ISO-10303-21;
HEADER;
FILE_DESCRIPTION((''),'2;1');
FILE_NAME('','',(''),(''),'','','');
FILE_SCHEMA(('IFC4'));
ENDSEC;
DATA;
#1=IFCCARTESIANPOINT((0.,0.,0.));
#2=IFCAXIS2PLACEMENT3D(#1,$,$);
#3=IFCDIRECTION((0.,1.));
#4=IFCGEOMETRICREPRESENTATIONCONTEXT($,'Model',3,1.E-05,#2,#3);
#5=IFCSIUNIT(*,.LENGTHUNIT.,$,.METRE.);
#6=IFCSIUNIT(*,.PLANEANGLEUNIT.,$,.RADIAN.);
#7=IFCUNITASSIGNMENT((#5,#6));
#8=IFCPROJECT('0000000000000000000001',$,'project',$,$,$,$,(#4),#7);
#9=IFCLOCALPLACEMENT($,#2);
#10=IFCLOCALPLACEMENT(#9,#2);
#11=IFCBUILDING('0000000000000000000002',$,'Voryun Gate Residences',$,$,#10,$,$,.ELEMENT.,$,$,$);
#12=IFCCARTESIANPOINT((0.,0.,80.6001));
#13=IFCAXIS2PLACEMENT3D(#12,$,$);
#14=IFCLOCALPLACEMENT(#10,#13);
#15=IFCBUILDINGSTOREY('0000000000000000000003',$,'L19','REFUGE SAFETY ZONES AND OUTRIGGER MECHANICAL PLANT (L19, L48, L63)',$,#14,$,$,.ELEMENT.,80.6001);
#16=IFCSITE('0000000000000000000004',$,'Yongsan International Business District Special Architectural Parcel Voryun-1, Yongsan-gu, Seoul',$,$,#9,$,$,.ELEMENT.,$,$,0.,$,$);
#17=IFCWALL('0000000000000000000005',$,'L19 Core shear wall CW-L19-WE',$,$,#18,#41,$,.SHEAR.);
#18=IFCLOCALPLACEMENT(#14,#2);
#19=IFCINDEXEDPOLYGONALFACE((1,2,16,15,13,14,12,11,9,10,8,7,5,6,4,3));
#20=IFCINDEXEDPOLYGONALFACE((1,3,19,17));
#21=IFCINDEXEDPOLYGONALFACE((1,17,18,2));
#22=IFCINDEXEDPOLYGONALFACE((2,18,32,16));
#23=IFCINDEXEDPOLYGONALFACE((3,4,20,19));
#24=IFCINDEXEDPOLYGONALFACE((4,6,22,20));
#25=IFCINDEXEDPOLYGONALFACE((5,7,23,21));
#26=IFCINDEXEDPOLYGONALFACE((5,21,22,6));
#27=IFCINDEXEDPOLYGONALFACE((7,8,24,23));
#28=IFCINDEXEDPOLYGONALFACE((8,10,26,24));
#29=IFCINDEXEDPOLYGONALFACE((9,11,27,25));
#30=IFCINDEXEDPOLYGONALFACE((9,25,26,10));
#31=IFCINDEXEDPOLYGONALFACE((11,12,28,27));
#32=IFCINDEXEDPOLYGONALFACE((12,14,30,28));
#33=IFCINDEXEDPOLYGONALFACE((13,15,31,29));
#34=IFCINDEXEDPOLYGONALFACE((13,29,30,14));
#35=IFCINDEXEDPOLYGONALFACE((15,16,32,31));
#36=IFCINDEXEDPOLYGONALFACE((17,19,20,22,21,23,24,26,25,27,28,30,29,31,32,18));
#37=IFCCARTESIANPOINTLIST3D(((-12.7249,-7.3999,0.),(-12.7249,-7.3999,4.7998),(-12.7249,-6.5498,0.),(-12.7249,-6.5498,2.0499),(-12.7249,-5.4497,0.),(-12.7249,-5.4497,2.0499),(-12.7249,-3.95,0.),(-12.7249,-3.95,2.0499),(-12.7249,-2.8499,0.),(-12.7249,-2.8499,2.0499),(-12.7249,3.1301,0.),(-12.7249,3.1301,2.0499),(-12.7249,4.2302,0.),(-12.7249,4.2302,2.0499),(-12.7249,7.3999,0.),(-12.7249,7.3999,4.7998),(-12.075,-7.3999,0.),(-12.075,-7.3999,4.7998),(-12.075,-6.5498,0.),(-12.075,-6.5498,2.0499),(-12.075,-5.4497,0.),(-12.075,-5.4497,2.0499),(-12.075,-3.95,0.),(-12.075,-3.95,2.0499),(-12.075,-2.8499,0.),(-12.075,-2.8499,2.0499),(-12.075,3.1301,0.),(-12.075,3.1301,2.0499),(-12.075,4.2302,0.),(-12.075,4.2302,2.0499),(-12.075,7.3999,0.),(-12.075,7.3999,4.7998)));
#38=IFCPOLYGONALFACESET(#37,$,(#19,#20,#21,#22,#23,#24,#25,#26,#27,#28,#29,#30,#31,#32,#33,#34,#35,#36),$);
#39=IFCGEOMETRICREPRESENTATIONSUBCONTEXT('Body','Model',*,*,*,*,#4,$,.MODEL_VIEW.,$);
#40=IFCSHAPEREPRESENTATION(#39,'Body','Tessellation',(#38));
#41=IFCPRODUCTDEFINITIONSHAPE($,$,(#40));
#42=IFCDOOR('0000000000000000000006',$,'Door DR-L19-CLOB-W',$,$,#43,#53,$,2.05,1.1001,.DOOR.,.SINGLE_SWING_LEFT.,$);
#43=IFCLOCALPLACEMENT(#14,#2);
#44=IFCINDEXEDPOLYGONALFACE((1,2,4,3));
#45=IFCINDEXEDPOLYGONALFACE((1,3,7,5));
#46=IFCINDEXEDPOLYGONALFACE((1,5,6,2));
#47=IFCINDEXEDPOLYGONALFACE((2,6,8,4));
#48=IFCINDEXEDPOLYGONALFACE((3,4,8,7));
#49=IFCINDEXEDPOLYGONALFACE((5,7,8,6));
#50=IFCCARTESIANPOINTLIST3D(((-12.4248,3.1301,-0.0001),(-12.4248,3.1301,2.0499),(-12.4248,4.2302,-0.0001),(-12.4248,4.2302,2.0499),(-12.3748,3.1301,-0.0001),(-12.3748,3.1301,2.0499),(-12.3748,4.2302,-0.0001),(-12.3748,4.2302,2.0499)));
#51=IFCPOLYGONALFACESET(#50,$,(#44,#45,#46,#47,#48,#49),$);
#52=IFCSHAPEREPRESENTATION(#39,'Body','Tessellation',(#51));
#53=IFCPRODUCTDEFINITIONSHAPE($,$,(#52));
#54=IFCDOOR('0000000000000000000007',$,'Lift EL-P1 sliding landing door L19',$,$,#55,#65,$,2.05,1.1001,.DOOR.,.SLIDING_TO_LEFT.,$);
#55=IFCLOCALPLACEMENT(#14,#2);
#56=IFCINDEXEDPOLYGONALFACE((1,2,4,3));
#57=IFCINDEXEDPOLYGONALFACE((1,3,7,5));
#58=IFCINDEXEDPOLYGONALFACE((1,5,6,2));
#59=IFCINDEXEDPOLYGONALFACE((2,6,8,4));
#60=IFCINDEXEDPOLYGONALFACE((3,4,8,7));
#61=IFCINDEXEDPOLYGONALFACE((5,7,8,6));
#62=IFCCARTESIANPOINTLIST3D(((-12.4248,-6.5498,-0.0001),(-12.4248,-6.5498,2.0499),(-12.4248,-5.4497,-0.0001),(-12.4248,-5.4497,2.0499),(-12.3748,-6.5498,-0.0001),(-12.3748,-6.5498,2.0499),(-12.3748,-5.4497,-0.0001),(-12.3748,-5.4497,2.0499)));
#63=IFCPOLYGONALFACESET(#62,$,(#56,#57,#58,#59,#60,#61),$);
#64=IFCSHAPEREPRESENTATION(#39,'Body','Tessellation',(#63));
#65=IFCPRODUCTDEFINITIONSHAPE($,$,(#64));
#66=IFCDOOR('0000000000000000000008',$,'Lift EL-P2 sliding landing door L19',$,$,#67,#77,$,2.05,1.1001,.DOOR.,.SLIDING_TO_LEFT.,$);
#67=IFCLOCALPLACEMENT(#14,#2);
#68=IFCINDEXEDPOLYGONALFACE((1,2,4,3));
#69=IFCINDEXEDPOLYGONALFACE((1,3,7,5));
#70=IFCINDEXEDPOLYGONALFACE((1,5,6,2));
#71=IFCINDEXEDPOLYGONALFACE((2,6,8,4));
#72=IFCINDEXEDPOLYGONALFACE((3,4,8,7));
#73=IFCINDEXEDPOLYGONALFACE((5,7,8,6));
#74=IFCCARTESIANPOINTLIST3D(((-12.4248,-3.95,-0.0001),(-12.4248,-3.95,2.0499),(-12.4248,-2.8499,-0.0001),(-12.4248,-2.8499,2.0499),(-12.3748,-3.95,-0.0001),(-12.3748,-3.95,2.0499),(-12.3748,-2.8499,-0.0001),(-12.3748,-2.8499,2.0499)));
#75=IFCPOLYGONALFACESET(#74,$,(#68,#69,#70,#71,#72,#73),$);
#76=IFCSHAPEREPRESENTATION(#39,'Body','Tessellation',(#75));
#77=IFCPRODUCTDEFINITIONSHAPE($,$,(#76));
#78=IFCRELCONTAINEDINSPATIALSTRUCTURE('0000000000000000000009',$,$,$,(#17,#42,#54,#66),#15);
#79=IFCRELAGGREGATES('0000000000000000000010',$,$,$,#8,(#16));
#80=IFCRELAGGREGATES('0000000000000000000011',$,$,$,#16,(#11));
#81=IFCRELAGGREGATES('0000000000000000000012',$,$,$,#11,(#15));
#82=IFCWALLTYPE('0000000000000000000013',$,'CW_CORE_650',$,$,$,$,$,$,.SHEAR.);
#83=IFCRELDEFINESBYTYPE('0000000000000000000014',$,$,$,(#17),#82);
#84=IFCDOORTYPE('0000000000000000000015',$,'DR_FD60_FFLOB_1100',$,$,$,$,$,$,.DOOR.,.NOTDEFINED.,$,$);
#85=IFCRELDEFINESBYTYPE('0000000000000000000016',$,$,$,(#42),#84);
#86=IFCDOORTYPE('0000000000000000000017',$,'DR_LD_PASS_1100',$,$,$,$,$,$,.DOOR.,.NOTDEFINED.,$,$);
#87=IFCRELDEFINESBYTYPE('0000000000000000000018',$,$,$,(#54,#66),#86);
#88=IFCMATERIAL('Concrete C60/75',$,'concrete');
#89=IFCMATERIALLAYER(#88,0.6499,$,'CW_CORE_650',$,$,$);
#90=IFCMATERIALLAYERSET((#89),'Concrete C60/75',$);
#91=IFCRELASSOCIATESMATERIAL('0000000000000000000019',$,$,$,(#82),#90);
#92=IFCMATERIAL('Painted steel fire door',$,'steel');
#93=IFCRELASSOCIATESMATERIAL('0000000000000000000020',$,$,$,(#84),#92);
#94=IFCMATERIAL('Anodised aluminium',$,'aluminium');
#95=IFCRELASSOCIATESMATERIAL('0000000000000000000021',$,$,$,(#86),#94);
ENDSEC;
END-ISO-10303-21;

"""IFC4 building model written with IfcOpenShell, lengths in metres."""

from ifc_helpers import new_model, si_unit, direction, frame, frame_2d, origin, place, context, subcontext, project, spatial, rectangle, extrude, material, layer, layer_set, type_object, element, fill, save


model = new_model("IFC4")

# Units and contexts
model_context = context("Model", 3, precision=1e-05, world=origin(), true_north=direction((0.0, 1.0)))
body_context = subcontext(model_context, "Body", "Model", "MODEL_VIEW")
ifc_project = project(units=[si_unit("LENGTHUNIT", "METRE"), si_unit("PLANEANGLEUNIT", "RADIAN")], contexts=[model_context])

# Site, building, storey
site_placement = place(None, origin())
site = spatial("IfcSite", under=ifc_project, at=site_placement, Name="Yongsan International Business District Special Architectural Parcel Voryun-1, Yongsan-gu, Seoul", CompositionType="ELEMENT", RefElevation=0.0)
building_placement = place(site_placement, origin())
building = spatial("IfcBuilding", under=site, at=building_placement, Name="Voryun Gate Residences", CompositionType="ELEMENT")
storey_placement = place(building_placement, frame((0.0, 0.0, 80.6001)))
storey = spatial("IfcBuildingStorey", under=building, at=storey_placement, Name="L19", Description="REFUGE SAFETY ZONES AND OUTRIGGER MECHANICAL PLANT (L19, L48, L63)", CompositionType="ELEMENT", Elevation=80.6001)

# Shared definitions
ifc_material_1 = material(Name="Concrete C60/75", Category="concrete")
ifc_layer_1 = layer(ifc_material_1, 0.6499, Name="CW_CORE_650")
ifc_layer_set_1 = layer_set([ifc_layer_1], Name="Concrete C60/75")
wall_type = type_object("IfcWallType", Name="CW_CORE_650", PredefinedType="SHEAR", material=ifc_layer_set_1)

# Wall, openings, doors
wall_1_placement = place(storey_placement, frame((-12.3999, -7.3999, 0.0), z_axis=(0.0, 0.0, 1.0), x_axis=(0.0, 1.0, 0.0)))
wall_1 = element("IfcWall", 1, at=wall_1_placement, inside=storey, type_object=wall_type, Name="L19 Core shear wall CW-L19-WE", PredefinedType="SHEAR", context=body_context, shape_type="SweptSolid", body=[
    extrude(rectangle(XDim=14.7998, YDim=0.6499, at=frame_2d((7.3999, 0.0))), origin(), (0.0, 0.0, 1.0), 4.7998),
])
opening_1_placement = place(wall_1_placement, frame((0.8501, 0.0, 0.0)))
opening_1 = element("IfcOpeningElement", 2, at=opening_1_placement, cuts=wall_1, PredefinedType="OPENING", context=body_context, shape_type="SweptSolid", body=[
    extrude(rectangle(XDim=1.1001, YDim=2.05, at=frame_2d((0.55, 1.0249))), frame((0.0, 0.335, 0.0), z_axis=(0.0, -1.0, 0.0), x_axis=(1.0, 0.0, 0.0)), (0.0, 0.0, 1.0), 0.6699),
])
opening_2_placement = place(wall_1_placement, frame((3.45, 0.0, 0.0)))
opening_2 = element("IfcOpeningElement", 3, at=opening_2_placement, cuts=wall_1, PredefinedType="OPENING", context=body_context, shape_type="SweptSolid", body=[
    extrude(rectangle(XDim=1.1001, YDim=2.05, at=frame_2d((0.55, 1.0249))), frame((0.0, 0.335, 0.0), z_axis=(0.0, -1.0, 0.0), x_axis=(1.0, 0.0, 0.0)), (0.0, 0.0, 1.0), 0.6699),
])
opening_3_placement = place(wall_1_placement, frame((10.53, 0.0, 0.0)))
opening_3 = element("IfcOpeningElement", 4, at=opening_3_placement, cuts=wall_1, PredefinedType="OPENING", context=body_context, shape_type="SweptSolid", body=[
    extrude(rectangle(XDim=1.1001, YDim=2.05, at=frame_2d((0.55, 1.0249))), frame((0.0, 0.335, 0.0), z_axis=(0.0, -1.0, 0.0), x_axis=(1.0, 0.0, 0.0)), (0.0, 0.0, 1.0), 0.6699),
])
ifc_material_2 = material(Name="Painted steel fire door", Category="steel")
door_type_1 = type_object("IfcDoorType", Name="DR_FD60_FFLOB_1100", OperationType="NOTDEFINED", PredefinedType="DOOR", material=ifc_material_2)
door_1_placement = place(opening_3_placement, origin())
door_1 = element("IfcDoor", 5, at=door_1_placement, inside=storey, type_object=door_type_1, Name="Door DR-L19-CLOB-W", OperationType="SINGLE_SWING_LEFT", OverallHeight=2.05, OverallWidth=1.1001, PredefinedType="DOOR", context=body_context, shape_type="SweptSolid", body=[
    extrude(rectangle(XDim=1.1001, YDim=2.05, at=frame_2d((0.55, 1.0249))), frame((0.0, 0.0249, 0.0), z_axis=(0.0, -1.0, 0.0), x_axis=(1.0, 0.0, 0.0)), (0.0, 0.0, 1.0), 0.05),
])
fill(opening_3, door_1)
ifc_material_3 = material(Name="Anodised aluminium", Category="aluminium")
door_type_2 = type_object("IfcDoorType", Name="DR_LD_PASS_1100", OperationType="NOTDEFINED", PredefinedType="DOOR", material=ifc_material_3)
door_2_placement = place(opening_1_placement, origin())
door_2 = element("IfcDoor", 6, at=door_2_placement, inside=storey, type_object=door_type_2, Name="Lift EL-P1 sliding landing door L19", OperationType="SLIDING_TO_LEFT", OverallHeight=2.05, OverallWidth=1.1001, PredefinedType="DOOR", context=body_context, shape_type="SweptSolid", body=[
    extrude(rectangle(XDim=1.1001, YDim=2.05, at=frame_2d((0.55, 1.0249))), frame((0.0, 0.0249, 0.0), z_axis=(0.0, -1.0, 0.0), x_axis=(1.0, 0.0, 0.0)), (0.0, 0.0, 1.0), 0.05),
])
fill(opening_1, door_2)
door_3_placement = place(opening_2_placement, origin())
door_3 = element("IfcDoor", 7, at=door_3_placement, inside=storey, type_object=door_type_2, Name="Lift EL-P2 sliding landing door L19", OperationType="SLIDING_TO_LEFT", OverallHeight=2.05, OverallWidth=1.1001, PredefinedType="DOOR", context=body_context, shape_type="SweptSolid", body=[
    extrude(rectangle(XDim=1.1001, YDim=2.05, at=frame_2d((0.55, 1.0249))), frame((0.0, 0.0249, 0.0), z_axis=(0.0, -1.0, 0.0), x_axis=(1.0, 0.0, 0.0)), (0.0, 0.0, 1.0), 0.05),
])
fill(opening_2, door_3)

save(model, "model.ifc")
